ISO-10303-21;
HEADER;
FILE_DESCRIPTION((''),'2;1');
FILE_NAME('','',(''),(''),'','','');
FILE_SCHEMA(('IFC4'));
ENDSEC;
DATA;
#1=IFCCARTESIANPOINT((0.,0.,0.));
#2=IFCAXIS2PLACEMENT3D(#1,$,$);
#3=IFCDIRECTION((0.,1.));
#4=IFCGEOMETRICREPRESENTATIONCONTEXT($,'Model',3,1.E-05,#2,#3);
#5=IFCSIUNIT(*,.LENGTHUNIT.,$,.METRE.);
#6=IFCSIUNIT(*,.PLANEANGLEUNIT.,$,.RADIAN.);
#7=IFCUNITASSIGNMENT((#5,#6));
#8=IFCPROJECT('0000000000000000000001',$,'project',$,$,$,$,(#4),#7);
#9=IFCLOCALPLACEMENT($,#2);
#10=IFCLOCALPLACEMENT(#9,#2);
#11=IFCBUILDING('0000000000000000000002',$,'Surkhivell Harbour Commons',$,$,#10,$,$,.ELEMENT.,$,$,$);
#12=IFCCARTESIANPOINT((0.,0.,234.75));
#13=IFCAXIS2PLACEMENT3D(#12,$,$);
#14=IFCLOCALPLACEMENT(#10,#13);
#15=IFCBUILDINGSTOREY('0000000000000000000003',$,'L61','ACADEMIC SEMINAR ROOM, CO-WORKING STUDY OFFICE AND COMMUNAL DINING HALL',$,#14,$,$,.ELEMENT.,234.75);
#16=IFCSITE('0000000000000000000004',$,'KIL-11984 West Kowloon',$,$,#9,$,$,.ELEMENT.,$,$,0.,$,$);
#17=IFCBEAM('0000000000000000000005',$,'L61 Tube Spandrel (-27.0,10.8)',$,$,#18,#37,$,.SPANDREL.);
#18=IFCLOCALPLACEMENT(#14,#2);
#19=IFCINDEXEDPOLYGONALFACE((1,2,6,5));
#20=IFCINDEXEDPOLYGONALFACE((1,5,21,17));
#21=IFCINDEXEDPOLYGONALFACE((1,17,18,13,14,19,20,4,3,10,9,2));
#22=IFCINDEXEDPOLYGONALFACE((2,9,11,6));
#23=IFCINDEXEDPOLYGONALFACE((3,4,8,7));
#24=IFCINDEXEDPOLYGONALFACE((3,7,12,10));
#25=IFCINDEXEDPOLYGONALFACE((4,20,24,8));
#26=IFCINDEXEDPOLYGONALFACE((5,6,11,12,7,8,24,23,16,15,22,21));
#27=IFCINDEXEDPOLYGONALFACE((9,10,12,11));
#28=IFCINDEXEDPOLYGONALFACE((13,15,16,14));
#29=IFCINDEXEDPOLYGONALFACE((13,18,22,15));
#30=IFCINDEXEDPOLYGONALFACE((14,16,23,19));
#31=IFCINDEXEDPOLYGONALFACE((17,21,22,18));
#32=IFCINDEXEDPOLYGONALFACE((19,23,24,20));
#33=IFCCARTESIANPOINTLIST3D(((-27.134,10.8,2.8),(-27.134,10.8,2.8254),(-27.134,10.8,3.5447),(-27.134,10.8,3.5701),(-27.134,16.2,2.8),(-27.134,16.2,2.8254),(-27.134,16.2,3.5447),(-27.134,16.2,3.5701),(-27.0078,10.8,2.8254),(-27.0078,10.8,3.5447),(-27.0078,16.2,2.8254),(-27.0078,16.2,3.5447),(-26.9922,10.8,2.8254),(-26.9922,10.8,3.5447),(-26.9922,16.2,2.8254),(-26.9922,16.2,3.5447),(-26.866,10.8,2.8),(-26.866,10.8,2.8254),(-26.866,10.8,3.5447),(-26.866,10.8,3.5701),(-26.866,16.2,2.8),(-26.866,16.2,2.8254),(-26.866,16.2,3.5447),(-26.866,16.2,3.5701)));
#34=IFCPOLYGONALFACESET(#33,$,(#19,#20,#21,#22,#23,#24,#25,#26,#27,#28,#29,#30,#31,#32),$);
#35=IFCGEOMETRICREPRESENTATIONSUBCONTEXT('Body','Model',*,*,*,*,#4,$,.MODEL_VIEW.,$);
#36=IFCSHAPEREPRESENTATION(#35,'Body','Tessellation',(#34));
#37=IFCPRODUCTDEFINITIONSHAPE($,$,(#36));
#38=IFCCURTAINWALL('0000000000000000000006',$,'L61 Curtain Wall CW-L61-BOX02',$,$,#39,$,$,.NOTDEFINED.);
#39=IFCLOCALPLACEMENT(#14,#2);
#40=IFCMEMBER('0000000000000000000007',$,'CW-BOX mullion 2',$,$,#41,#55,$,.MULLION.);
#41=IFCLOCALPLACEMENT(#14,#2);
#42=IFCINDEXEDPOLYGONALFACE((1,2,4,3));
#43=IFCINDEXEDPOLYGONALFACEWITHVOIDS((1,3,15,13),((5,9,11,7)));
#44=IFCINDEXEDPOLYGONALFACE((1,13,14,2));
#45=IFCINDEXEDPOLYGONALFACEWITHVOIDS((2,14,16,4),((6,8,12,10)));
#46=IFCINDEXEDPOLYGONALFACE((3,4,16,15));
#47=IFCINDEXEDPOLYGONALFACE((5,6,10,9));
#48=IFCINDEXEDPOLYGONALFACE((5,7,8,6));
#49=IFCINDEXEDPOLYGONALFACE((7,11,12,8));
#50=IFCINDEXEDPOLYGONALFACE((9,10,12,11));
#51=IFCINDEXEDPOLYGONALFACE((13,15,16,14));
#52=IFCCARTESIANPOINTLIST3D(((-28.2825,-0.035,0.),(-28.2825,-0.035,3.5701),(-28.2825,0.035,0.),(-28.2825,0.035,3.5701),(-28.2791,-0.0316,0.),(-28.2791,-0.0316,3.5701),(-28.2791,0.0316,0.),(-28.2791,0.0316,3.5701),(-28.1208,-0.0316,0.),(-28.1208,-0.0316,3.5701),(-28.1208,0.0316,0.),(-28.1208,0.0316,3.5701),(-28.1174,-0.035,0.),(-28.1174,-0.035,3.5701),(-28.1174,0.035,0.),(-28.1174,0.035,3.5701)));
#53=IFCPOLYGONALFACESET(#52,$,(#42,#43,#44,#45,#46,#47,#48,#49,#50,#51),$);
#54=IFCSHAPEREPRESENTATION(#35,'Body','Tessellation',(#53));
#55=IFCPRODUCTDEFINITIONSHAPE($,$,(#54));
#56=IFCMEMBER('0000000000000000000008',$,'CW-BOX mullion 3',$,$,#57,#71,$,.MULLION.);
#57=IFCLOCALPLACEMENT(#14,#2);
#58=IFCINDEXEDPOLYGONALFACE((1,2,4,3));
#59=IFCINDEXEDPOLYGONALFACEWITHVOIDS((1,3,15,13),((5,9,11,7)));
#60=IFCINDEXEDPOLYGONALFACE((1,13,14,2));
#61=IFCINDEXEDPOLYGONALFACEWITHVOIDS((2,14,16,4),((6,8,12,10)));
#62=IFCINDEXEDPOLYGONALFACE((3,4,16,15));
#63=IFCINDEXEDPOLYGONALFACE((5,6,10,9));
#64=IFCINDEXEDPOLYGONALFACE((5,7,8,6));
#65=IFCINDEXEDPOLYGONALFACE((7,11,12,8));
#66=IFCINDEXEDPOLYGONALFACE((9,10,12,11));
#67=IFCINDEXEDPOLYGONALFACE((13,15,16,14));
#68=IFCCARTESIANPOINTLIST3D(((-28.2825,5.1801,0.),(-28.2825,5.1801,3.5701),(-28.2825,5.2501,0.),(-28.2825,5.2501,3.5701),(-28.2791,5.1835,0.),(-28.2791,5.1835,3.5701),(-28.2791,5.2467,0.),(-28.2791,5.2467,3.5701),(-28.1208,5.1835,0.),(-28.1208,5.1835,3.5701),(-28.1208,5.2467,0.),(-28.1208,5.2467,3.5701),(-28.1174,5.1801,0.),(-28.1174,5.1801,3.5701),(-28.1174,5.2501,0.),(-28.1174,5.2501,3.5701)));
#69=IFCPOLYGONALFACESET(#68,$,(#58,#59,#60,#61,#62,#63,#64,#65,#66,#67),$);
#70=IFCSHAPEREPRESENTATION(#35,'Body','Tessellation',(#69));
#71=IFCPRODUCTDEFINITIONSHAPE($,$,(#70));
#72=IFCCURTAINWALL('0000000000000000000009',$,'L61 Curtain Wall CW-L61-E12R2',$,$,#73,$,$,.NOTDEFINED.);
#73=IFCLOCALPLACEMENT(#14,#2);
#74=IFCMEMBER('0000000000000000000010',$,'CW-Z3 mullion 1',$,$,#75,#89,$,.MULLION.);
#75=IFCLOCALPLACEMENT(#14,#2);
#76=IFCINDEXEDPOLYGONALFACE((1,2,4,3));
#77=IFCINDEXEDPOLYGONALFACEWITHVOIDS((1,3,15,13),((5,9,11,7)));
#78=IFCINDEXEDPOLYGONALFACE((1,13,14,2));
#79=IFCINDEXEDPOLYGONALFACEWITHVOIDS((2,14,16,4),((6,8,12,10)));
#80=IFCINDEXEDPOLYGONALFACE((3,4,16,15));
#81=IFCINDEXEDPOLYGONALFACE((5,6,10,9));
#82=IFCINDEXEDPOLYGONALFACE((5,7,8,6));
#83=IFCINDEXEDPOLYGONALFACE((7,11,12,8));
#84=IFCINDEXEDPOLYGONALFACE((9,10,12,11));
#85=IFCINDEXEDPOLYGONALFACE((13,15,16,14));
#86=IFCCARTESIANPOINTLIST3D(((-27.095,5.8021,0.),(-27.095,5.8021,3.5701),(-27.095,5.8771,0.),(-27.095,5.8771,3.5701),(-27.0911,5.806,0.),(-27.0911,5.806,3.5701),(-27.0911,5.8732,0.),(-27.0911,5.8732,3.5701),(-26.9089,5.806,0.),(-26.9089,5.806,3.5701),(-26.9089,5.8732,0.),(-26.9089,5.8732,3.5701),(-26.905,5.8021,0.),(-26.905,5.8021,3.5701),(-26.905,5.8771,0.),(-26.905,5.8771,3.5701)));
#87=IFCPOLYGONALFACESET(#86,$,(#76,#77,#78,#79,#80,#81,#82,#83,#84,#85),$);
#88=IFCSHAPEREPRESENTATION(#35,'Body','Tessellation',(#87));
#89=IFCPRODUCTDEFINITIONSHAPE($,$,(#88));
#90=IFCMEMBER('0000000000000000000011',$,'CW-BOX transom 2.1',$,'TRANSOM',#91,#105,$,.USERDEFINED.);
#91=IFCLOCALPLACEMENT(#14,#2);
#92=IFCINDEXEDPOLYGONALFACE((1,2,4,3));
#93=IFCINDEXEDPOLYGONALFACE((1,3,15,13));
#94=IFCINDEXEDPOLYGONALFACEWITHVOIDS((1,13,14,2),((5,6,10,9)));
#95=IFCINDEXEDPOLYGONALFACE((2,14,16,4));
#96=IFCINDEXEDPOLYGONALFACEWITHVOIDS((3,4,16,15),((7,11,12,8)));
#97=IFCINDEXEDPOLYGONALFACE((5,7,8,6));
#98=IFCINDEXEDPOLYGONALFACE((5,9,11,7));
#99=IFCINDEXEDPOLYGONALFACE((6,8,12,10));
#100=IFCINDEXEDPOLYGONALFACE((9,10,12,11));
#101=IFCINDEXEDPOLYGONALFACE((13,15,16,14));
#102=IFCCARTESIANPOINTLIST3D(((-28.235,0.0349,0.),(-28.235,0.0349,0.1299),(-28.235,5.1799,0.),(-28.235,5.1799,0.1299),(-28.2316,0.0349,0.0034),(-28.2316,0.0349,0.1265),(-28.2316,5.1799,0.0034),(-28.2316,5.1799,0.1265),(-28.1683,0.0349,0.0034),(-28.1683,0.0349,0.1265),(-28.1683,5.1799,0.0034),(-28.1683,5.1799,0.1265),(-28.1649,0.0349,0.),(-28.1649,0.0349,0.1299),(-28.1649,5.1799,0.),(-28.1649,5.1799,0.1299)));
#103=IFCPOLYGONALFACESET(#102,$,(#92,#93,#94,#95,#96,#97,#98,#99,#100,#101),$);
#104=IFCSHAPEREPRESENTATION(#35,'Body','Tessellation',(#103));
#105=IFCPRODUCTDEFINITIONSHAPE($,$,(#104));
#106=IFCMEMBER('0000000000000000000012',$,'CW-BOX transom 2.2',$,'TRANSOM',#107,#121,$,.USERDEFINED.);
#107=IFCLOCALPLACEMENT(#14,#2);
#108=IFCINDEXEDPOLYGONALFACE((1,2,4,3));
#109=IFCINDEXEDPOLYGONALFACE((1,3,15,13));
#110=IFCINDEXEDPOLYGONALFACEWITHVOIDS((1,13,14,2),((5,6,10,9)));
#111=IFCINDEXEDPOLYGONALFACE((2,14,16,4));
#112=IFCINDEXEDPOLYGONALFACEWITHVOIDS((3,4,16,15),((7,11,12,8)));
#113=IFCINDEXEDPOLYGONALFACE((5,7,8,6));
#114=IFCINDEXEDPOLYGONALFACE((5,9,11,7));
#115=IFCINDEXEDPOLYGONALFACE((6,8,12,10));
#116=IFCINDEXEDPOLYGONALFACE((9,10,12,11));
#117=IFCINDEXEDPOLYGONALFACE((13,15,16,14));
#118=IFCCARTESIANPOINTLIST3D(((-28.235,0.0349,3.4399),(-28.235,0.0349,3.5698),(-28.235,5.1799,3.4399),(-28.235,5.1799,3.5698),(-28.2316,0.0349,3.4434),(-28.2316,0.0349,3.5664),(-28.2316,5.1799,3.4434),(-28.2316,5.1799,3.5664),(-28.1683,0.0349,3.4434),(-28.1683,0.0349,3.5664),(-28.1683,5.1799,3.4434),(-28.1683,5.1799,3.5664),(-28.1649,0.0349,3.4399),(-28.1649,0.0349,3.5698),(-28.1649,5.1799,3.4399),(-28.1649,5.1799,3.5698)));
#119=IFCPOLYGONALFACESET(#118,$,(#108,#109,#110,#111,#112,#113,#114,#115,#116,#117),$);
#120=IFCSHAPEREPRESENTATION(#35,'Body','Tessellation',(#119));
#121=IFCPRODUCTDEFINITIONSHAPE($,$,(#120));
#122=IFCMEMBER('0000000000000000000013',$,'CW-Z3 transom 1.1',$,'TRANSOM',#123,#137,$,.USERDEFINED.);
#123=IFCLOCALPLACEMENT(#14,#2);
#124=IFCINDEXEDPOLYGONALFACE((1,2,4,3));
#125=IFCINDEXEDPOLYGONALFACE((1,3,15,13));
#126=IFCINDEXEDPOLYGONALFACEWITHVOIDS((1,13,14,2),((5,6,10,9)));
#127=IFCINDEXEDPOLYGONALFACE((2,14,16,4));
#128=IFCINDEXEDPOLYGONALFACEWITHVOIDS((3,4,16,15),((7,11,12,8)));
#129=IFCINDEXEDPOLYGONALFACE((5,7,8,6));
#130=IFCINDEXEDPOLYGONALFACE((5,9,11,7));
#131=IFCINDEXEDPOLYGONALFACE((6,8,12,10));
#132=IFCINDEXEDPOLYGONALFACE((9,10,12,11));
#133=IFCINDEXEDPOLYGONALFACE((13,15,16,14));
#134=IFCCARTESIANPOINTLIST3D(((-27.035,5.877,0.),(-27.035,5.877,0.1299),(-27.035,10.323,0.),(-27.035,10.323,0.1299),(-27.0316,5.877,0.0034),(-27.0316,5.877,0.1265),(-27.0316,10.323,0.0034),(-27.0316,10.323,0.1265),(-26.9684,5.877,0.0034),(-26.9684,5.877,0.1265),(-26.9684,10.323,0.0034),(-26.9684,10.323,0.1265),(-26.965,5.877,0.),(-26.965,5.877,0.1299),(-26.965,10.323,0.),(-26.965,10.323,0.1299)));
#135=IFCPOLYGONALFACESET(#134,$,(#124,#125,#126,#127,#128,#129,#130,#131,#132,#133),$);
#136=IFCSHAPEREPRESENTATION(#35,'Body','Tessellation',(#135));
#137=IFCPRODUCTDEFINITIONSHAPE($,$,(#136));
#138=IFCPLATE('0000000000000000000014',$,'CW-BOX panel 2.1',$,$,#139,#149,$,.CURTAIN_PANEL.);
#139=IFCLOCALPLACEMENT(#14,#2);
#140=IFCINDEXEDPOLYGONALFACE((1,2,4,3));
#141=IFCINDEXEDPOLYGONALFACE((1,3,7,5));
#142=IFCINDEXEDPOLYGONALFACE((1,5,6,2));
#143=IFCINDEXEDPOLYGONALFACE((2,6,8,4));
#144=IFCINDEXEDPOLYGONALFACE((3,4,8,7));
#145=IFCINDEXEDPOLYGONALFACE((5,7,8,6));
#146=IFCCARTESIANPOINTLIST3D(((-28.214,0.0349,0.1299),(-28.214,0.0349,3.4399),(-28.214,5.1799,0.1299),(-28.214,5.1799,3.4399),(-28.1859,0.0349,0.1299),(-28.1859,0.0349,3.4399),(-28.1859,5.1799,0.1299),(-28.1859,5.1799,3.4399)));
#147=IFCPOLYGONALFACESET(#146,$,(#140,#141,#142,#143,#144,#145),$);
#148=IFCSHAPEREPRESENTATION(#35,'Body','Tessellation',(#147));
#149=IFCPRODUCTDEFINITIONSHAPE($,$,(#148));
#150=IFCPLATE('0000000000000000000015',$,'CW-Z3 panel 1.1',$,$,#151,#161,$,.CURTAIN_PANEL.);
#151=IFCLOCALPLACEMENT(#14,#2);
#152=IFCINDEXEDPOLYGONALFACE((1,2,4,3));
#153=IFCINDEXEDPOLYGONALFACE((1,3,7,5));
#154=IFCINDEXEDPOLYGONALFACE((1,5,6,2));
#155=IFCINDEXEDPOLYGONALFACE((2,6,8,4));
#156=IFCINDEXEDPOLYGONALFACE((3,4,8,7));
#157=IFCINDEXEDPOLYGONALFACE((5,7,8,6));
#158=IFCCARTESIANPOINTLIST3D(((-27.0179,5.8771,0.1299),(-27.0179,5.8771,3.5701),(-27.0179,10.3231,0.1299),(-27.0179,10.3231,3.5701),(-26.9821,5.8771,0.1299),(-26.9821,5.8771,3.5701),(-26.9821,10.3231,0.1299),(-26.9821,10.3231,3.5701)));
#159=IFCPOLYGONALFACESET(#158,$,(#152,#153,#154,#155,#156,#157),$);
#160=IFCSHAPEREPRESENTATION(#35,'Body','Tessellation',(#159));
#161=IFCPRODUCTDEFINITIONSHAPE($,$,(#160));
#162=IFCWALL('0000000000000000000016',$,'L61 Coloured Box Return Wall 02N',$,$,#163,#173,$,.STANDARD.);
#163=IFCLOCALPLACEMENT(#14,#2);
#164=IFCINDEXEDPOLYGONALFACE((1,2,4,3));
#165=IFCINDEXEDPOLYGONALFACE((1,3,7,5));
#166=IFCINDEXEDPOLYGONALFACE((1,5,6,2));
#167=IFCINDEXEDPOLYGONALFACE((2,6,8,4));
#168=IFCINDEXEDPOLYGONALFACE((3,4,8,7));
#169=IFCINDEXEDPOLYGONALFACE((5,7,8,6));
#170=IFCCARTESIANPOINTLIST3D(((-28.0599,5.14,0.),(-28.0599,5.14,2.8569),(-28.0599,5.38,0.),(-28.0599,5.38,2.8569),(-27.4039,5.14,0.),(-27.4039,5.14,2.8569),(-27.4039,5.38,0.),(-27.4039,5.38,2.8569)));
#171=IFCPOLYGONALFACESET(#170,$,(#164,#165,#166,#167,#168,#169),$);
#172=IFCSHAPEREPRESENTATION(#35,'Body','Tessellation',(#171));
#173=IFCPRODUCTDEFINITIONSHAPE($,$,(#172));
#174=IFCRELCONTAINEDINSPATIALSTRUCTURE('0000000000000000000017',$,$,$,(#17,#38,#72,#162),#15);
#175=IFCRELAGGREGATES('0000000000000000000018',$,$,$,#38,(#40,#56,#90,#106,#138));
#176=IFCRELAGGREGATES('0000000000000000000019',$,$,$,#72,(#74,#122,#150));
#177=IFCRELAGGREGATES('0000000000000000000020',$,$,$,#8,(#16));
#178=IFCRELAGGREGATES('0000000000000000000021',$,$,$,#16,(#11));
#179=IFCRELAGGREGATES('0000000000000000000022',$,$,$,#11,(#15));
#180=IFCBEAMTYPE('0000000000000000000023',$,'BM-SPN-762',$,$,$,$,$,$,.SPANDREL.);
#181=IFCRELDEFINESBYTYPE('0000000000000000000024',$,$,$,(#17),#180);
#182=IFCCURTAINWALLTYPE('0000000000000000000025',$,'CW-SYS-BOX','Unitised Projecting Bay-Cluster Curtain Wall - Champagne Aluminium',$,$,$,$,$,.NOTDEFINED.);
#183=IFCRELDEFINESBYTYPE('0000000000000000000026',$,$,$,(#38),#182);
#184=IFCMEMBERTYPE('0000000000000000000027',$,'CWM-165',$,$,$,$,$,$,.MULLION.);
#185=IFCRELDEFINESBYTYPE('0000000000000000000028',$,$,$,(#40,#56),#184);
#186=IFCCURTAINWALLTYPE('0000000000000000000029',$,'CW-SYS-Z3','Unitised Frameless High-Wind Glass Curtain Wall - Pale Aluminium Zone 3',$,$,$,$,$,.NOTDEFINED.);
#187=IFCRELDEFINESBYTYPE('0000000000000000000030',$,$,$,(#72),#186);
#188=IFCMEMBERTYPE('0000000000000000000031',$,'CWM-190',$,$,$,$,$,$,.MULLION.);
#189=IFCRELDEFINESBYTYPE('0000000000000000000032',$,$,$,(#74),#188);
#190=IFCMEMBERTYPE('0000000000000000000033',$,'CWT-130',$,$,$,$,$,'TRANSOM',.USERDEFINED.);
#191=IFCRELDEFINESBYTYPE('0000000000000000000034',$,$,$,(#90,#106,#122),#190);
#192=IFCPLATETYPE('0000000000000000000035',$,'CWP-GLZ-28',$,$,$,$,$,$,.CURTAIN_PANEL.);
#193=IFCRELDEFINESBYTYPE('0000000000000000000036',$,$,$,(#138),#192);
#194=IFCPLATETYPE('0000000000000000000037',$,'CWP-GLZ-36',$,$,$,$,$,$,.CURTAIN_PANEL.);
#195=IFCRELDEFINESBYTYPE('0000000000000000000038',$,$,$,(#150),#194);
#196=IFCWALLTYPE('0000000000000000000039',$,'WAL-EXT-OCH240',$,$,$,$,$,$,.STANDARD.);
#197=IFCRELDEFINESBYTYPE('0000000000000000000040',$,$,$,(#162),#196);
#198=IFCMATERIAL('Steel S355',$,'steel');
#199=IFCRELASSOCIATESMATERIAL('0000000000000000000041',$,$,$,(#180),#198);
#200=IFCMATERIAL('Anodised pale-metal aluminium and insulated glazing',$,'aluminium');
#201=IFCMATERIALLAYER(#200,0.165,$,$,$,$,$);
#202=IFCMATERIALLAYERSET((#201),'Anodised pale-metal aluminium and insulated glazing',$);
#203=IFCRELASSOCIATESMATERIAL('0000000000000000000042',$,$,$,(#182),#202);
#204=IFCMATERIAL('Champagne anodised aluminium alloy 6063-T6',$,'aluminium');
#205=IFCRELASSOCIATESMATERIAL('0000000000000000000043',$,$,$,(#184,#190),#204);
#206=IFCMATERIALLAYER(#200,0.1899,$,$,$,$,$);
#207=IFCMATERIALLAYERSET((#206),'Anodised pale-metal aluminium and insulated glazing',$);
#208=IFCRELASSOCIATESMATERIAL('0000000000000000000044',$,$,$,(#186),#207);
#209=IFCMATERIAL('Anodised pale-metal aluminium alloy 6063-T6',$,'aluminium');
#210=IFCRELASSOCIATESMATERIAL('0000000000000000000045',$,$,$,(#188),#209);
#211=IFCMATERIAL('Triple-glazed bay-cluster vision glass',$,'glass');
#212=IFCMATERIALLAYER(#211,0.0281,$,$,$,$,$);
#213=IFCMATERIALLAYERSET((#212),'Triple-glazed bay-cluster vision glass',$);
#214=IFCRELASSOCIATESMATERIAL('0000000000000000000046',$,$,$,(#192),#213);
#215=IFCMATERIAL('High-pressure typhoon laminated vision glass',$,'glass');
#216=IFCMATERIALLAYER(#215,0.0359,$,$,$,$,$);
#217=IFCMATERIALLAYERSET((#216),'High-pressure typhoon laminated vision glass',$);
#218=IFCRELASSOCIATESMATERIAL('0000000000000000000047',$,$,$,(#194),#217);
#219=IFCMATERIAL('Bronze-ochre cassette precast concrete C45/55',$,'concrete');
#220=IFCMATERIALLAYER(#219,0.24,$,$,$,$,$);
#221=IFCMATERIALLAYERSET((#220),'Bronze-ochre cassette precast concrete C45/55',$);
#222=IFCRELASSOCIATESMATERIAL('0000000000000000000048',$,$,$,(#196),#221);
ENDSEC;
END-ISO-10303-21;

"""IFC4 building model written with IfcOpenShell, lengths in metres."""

from ifc_helpers import new_model, si_unit, direction, frame, frame_2d, origin, origin_2d, place, context, subcontext, project, spatial, rectangle, hollow_rectangle, i_section, extrude, material, layer, layer_set, material_profile, profile_set, type_object, element, aggregate, save


model = new_model("IFC4")

# Units and contexts
model_context = context("Model", 3, precision=1e-05, world=origin(), true_north=direction((0.0, 1.0)))
body_context = subcontext(model_context, "Body", "Model", "MODEL_VIEW")
ifc_project = project(units=[si_unit("LENGTHUNIT", "METRE"), si_unit("PLANEANGLEUNIT", "RADIAN")], contexts=[model_context])

# Site, building, storey
site_placement = place(None, origin())
site = spatial("IfcSite", under=ifc_project, at=site_placement, Name="KIL-11984 West Kowloon", CompositionType="ELEMENT", RefElevation=0.0)
building_placement = place(site_placement, origin())
building = spatial("IfcBuilding", under=site, at=building_placement, Name="Surkhivell Harbour Commons", CompositionType="ELEMENT")
storey_placement = place(building_placement, frame((0.0, 0.0, 234.75)))
storey = spatial("IfcBuildingStorey", under=building, at=storey_placement, Name="L61", Description="ACADEMIC SEMINAR ROOM, CO-WORKING STUDY OFFICE AND COMMUNAL DINING HALL", CompositionType="ELEMENT", Elevation=234.75)

# Beam
ifc_material_1 = material(Name="Steel S355", Category="steel")
ifc_material_profile_1 = material_profile(ifc_material_1, i_section(OverallWidth=0.2681, OverallDepth=0.77, WebThickness=0.0156, FlangeThickness=0.0254, at=origin_2d()), Name="UB762x267x197")
ifc_profile_set_1 = profile_set([ifc_material_profile_1], Name="Steel S355")
beam_type_1 = type_object("IfcBeamType", Name="BM-SPN-762", PredefinedType="SPANDREL", material=ifc_profile_set_1)
beam_1_placement = place(storey_placement, frame((-27.0, 10.8, 3.1851), z_axis=(0.0, 1.0, 0.0), x_axis=(-1.0, 0.0, 0.0)))
element("IfcBeam", 1, at=beam_1_placement, inside=storey, type_object=beam_type_1, Name="L61 Tube Spandrel (-27.0,10.8)", PredefinedType="SPANDREL", context=body_context, shape_type="SweptSolid", body=[
    extrude(i_section(OverallWidth=0.2681, OverallDepth=0.77, WebThickness=0.0156, FlangeThickness=0.0254, at=origin_2d()), origin(), (0.0, 0.0, 1.0), 5.3999),
])

# Curtain wall, members
ifc_material_2 = material(Name="Anodised pale-metal aluminium and insulated glazing", Category="aluminium")
ifc_layer_1 = layer(ifc_material_2, 0.165)
ifc_layer_set_1 = layer_set([ifc_layer_1], Name="Anodised pale-metal aluminium and insulated glazing")
curtain_wall_type_1 = type_object("IfcCurtainWallType", Name="CW-SYS-BOX", Description="Unitised Projecting Bay-Cluster Curtain Wall - Champagne Aluminium", PredefinedType="NOTDEFINED", material=ifc_layer_set_1)
curtain_wall_1_placement = place(storey_placement, origin())
curtain_wall_1 = element("IfcCurtainWall", 2, at=curtain_wall_1_placement, inside=storey, type_object=curtain_wall_type_1, Name="L61 Curtain Wall CW-L61-BOX02", PredefinedType="NOTDEFINED")
ifc_material_3 = material(Name="Champagne anodised aluminium alloy 6063-T6", Category="aluminium")
ifc_material_profile_2 = material_profile(ifc_material_3, hollow_rectangle(XDim=0.0701, YDim=0.165, WallThickness=0.0034, at=origin_2d()), Name="ALU-MULL-70x165")
ifc_profile_set_2 = profile_set([ifc_material_profile_2], Name="Champagne anodised aluminium alloy 6063-T6")
member_type_1 = type_object("IfcMemberType", Name="CWM-165", PredefinedType="MULLION", material=ifc_profile_set_2)
member_1_placement = place(storey_placement, frame((-28.2, 0.0, 0.0), z_axis=(0.0, 0.0, 1.0), x_axis=(0.0, 1.0, 0.0)))
member_1 = element("IfcMember", 3, at=member_1_placement, type_object=member_type_1, Name="CW-BOX mullion 2", PredefinedType="MULLION", context=body_context, shape_type="SweptSolid", body=[
    extrude(hollow_rectangle(XDim=0.0701, YDim=0.165, WallThickness=0.0034, at=origin_2d()), origin(), (0.0, 0.0, 1.0), 3.5701),
])
member_2_placement = place(storey_placement, frame((-28.2, 5.2151, 0.0), z_axis=(0.0, 0.0, 1.0), x_axis=(0.0, 1.0, 0.0)))
member_2 = element("IfcMember", 4, at=member_2_placement, type_object=member_type_1, Name="CW-BOX mullion 3", PredefinedType="MULLION", context=body_context, shape_type="SweptSolid", body=[
    extrude(hollow_rectangle(XDim=0.0701, YDim=0.165, WallThickness=0.0034, at=origin_2d()), origin(), (0.0, 0.0, 1.0), 3.5701),
])

# Curtain wall, member
ifc_layer_2 = layer(ifc_material_2, 0.1899)
ifc_layer_set_2 = layer_set([ifc_layer_2], Name="Anodised pale-metal aluminium and insulated glazing")
curtain_wall_type_2 = type_object("IfcCurtainWallType", Name="CW-SYS-Z3", Description="Unitised Frameless High-Wind Glass Curtain Wall - Pale Aluminium Zone 3", PredefinedType="NOTDEFINED", material=ifc_layer_set_2)
curtain_wall_2_placement = place(storey_placement, origin())
curtain_wall_2 = element("IfcCurtainWall", 5, at=curtain_wall_2_placement, inside=storey, type_object=curtain_wall_type_2, Name="L61 Curtain Wall CW-L61-E12R2", PredefinedType="NOTDEFINED")
ifc_material_4 = material(Name="Anodised pale-metal aluminium alloy 6063-T6", Category="aluminium")
ifc_material_profile_3 = material_profile(ifc_material_4, hollow_rectangle(XDim=0.075, YDim=0.1899, WallThickness=0.0039, at=origin_2d()), Name="ALU-MULL-75x190")
ifc_profile_set_3 = profile_set([ifc_material_profile_3], Name="Anodised pale-metal aluminium alloy 6063-T6")
member_type_2 = type_object("IfcMemberType", Name="CWM-190", PredefinedType="MULLION", material=ifc_profile_set_3)
member_3_placement = place(storey_placement, frame((-27.0, 5.8396, 0.0), z_axis=(0.0, 0.0, 1.0), x_axis=(0.0, 1.0, 0.0)))
member_3 = element("IfcMember", 6, at=member_3_placement, type_object=member_type_2, Name="CW-Z3 mullion 1", PredefinedType="MULLION", context=body_context, shape_type="SweptSolid", body=[
    extrude(hollow_rectangle(XDim=0.075, YDim=0.1899, WallThickness=0.0039, at=origin_2d()), origin(), (0.0, 0.0, 1.0), 3.5701),
])

# Members
ifc_material_profile_4 = material_profile(ifc_material_3, hollow_rectangle(XDim=0.0701, YDim=0.1299, WallThickness=0.0034, at=origin_2d()), Name="ALU-TRAN-70x130")
ifc_profile_set_4 = profile_set([ifc_material_profile_4], Name="Champagne anodised aluminium alloy 6063-T6")
member_type_3 = type_object("IfcMemberType", Name="CWT-130", ElementType="TRANSOM", PredefinedType="USERDEFINED", material=ifc_profile_set_4)
member_4_placement = place(storey_placement, frame((-28.2, 0.0349, 0.0649), z_axis=(0.0, 1.0, 0.0), x_axis=(-1.0, 0.0, 0.0)))
member_4 = element("IfcMember", 7, at=member_4_placement, type_object=member_type_3, Name="CW-BOX transom 2.1", ObjectType="TRANSOM", PredefinedType="USERDEFINED", context=body_context, shape_type="SweptSolid", body=[
    extrude(hollow_rectangle(XDim=0.0701, YDim=0.1299, WallThickness=0.0034, at=origin_2d()), origin(), (0.0, 0.0, 1.0), 5.145),
])
member_5_placement = place(storey_placement, frame((-28.2, 0.0349, 3.5049), z_axis=(0.0, 1.0, 0.0), x_axis=(-1.0, 0.0, 0.0)))
member_5 = element("IfcMember", 8, at=member_5_placement, type_object=member_type_3, Name="CW-BOX transom 2.2", ObjectType="TRANSOM", PredefinedType="USERDEFINED", context=body_context, shape_type="SweptSolid", body=[
    extrude(hollow_rectangle(XDim=0.0701, YDim=0.1299, WallThickness=0.0034, at=origin_2d()), origin(), (0.0, 0.0, 1.0), 5.145),
])
member_6_placement = place(storey_placement, frame((-27.0, 5.877, 0.0649), z_axis=(0.0, 1.0, 0.0), x_axis=(-1.0, 0.0, 0.0)))
member_6 = element("IfcMember", 9, at=member_6_placement, type_object=member_type_3, Name="CW-Z3 transom 1.1", ObjectType="TRANSOM", PredefinedType="USERDEFINED", context=body_context, shape_type="SweptSolid", body=[
    extrude(hollow_rectangle(XDim=0.0701, YDim=0.1299, WallThickness=0.0034, at=origin_2d()), origin(), (0.0, 0.0, 1.0), 4.446),
])

# Plates
ifc_material_5 = material(Name="Triple-glazed bay-cluster vision glass", Category="glass")
ifc_layer_3 = layer(ifc_material_5, 0.0281)
ifc_layer_set_3 = layer_set([ifc_layer_3], Name="Triple-glazed bay-cluster vision glass")
plate_type_1 = type_object("IfcPlateType", Name="CWP-GLZ-28", PredefinedType="CURTAIN_PANEL", material=ifc_layer_set_3)
plate_1_placement = place(storey_placement, frame((-28.2, 0.0349, 0.1299), z_axis=(0.0, 0.0, 1.0), x_axis=(0.0, 1.0, 0.0)))
plate_1 = element("IfcPlate", 10, at=plate_1_placement, type_object=plate_type_1, Name="CW-BOX panel 2.1", PredefinedType="CURTAIN_PANEL", context=body_context, shape_type="SweptSolid", body=[
    extrude(rectangle(XDim=5.145, YDim=0.0281, at=frame_2d((2.5725, 0.0))), origin(), (0.0, 0.0, 1.0), 3.3101),
])
aggregate(curtain_wall_1, [member_1, member_2, member_4, member_5, plate_1])
ifc_material_6 = material(Name="High-pressure typhoon laminated vision glass", Category="glass")
ifc_layer_4 = layer(ifc_material_6, 0.0359)
ifc_layer_set_4 = layer_set([ifc_layer_4], Name="High-pressure typhoon laminated vision glass")
plate_type_2 = type_object("IfcPlateType", Name="CWP-GLZ-36", PredefinedType="CURTAIN_PANEL", material=ifc_layer_set_4)
plate_2_placement = place(storey_placement, frame((-27.0, 5.877, 0.1299), z_axis=(0.0, 0.0, 1.0), x_axis=(0.0, 1.0, 0.0)))
plate_2 = element("IfcPlate", 11, at=plate_2_placement, type_object=plate_type_2, Name="CW-Z3 panel 1.1", PredefinedType="CURTAIN_PANEL", context=body_context, shape_type="SweptSolid", body=[
    extrude(rectangle(XDim=4.446, YDim=0.0359, at=frame_2d((2.2231, 0.0))), origin(), (0.0, 0.0, 1.0), 3.4402),
])
aggregate(curtain_wall_2, [member_3, member_6, plate_2])

# Wall
ifc_material_7 = material(Name="Bronze-ochre cassette precast concrete C45/55", Category="concrete")
ifc_layer_5 = layer(ifc_material_7, 0.24)
ifc_layer_set_5 = layer_set([ifc_layer_5], Name="Bronze-ochre cassette precast concrete C45/55")
wall_type_1 = type_object("IfcWallType", Name="WAL-EXT-OCH240", PredefinedType="STANDARD", material=ifc_layer_set_5)
wall_placement = place(storey_placement, frame((-28.0601, 5.26, 0.0), z_axis=(0.0, 0.0, 1.0), x_axis=(1.0, 0.0, 0.0)))
element("IfcWall", 12, at=wall_placement, inside=storey, type_object=wall_type_1, Name="L61 Coloured Box Return Wall 02N", PredefinedType="STANDARD", context=body_context, shape_type="SweptSolid", body=[
    extrude(rectangle(XDim=0.656, YDim=0.24, at=frame_2d((0.3281, 0.0))), origin(), (0.0, 0.0, 1.0), 2.8569),
])

save(model, "model.ifc")
